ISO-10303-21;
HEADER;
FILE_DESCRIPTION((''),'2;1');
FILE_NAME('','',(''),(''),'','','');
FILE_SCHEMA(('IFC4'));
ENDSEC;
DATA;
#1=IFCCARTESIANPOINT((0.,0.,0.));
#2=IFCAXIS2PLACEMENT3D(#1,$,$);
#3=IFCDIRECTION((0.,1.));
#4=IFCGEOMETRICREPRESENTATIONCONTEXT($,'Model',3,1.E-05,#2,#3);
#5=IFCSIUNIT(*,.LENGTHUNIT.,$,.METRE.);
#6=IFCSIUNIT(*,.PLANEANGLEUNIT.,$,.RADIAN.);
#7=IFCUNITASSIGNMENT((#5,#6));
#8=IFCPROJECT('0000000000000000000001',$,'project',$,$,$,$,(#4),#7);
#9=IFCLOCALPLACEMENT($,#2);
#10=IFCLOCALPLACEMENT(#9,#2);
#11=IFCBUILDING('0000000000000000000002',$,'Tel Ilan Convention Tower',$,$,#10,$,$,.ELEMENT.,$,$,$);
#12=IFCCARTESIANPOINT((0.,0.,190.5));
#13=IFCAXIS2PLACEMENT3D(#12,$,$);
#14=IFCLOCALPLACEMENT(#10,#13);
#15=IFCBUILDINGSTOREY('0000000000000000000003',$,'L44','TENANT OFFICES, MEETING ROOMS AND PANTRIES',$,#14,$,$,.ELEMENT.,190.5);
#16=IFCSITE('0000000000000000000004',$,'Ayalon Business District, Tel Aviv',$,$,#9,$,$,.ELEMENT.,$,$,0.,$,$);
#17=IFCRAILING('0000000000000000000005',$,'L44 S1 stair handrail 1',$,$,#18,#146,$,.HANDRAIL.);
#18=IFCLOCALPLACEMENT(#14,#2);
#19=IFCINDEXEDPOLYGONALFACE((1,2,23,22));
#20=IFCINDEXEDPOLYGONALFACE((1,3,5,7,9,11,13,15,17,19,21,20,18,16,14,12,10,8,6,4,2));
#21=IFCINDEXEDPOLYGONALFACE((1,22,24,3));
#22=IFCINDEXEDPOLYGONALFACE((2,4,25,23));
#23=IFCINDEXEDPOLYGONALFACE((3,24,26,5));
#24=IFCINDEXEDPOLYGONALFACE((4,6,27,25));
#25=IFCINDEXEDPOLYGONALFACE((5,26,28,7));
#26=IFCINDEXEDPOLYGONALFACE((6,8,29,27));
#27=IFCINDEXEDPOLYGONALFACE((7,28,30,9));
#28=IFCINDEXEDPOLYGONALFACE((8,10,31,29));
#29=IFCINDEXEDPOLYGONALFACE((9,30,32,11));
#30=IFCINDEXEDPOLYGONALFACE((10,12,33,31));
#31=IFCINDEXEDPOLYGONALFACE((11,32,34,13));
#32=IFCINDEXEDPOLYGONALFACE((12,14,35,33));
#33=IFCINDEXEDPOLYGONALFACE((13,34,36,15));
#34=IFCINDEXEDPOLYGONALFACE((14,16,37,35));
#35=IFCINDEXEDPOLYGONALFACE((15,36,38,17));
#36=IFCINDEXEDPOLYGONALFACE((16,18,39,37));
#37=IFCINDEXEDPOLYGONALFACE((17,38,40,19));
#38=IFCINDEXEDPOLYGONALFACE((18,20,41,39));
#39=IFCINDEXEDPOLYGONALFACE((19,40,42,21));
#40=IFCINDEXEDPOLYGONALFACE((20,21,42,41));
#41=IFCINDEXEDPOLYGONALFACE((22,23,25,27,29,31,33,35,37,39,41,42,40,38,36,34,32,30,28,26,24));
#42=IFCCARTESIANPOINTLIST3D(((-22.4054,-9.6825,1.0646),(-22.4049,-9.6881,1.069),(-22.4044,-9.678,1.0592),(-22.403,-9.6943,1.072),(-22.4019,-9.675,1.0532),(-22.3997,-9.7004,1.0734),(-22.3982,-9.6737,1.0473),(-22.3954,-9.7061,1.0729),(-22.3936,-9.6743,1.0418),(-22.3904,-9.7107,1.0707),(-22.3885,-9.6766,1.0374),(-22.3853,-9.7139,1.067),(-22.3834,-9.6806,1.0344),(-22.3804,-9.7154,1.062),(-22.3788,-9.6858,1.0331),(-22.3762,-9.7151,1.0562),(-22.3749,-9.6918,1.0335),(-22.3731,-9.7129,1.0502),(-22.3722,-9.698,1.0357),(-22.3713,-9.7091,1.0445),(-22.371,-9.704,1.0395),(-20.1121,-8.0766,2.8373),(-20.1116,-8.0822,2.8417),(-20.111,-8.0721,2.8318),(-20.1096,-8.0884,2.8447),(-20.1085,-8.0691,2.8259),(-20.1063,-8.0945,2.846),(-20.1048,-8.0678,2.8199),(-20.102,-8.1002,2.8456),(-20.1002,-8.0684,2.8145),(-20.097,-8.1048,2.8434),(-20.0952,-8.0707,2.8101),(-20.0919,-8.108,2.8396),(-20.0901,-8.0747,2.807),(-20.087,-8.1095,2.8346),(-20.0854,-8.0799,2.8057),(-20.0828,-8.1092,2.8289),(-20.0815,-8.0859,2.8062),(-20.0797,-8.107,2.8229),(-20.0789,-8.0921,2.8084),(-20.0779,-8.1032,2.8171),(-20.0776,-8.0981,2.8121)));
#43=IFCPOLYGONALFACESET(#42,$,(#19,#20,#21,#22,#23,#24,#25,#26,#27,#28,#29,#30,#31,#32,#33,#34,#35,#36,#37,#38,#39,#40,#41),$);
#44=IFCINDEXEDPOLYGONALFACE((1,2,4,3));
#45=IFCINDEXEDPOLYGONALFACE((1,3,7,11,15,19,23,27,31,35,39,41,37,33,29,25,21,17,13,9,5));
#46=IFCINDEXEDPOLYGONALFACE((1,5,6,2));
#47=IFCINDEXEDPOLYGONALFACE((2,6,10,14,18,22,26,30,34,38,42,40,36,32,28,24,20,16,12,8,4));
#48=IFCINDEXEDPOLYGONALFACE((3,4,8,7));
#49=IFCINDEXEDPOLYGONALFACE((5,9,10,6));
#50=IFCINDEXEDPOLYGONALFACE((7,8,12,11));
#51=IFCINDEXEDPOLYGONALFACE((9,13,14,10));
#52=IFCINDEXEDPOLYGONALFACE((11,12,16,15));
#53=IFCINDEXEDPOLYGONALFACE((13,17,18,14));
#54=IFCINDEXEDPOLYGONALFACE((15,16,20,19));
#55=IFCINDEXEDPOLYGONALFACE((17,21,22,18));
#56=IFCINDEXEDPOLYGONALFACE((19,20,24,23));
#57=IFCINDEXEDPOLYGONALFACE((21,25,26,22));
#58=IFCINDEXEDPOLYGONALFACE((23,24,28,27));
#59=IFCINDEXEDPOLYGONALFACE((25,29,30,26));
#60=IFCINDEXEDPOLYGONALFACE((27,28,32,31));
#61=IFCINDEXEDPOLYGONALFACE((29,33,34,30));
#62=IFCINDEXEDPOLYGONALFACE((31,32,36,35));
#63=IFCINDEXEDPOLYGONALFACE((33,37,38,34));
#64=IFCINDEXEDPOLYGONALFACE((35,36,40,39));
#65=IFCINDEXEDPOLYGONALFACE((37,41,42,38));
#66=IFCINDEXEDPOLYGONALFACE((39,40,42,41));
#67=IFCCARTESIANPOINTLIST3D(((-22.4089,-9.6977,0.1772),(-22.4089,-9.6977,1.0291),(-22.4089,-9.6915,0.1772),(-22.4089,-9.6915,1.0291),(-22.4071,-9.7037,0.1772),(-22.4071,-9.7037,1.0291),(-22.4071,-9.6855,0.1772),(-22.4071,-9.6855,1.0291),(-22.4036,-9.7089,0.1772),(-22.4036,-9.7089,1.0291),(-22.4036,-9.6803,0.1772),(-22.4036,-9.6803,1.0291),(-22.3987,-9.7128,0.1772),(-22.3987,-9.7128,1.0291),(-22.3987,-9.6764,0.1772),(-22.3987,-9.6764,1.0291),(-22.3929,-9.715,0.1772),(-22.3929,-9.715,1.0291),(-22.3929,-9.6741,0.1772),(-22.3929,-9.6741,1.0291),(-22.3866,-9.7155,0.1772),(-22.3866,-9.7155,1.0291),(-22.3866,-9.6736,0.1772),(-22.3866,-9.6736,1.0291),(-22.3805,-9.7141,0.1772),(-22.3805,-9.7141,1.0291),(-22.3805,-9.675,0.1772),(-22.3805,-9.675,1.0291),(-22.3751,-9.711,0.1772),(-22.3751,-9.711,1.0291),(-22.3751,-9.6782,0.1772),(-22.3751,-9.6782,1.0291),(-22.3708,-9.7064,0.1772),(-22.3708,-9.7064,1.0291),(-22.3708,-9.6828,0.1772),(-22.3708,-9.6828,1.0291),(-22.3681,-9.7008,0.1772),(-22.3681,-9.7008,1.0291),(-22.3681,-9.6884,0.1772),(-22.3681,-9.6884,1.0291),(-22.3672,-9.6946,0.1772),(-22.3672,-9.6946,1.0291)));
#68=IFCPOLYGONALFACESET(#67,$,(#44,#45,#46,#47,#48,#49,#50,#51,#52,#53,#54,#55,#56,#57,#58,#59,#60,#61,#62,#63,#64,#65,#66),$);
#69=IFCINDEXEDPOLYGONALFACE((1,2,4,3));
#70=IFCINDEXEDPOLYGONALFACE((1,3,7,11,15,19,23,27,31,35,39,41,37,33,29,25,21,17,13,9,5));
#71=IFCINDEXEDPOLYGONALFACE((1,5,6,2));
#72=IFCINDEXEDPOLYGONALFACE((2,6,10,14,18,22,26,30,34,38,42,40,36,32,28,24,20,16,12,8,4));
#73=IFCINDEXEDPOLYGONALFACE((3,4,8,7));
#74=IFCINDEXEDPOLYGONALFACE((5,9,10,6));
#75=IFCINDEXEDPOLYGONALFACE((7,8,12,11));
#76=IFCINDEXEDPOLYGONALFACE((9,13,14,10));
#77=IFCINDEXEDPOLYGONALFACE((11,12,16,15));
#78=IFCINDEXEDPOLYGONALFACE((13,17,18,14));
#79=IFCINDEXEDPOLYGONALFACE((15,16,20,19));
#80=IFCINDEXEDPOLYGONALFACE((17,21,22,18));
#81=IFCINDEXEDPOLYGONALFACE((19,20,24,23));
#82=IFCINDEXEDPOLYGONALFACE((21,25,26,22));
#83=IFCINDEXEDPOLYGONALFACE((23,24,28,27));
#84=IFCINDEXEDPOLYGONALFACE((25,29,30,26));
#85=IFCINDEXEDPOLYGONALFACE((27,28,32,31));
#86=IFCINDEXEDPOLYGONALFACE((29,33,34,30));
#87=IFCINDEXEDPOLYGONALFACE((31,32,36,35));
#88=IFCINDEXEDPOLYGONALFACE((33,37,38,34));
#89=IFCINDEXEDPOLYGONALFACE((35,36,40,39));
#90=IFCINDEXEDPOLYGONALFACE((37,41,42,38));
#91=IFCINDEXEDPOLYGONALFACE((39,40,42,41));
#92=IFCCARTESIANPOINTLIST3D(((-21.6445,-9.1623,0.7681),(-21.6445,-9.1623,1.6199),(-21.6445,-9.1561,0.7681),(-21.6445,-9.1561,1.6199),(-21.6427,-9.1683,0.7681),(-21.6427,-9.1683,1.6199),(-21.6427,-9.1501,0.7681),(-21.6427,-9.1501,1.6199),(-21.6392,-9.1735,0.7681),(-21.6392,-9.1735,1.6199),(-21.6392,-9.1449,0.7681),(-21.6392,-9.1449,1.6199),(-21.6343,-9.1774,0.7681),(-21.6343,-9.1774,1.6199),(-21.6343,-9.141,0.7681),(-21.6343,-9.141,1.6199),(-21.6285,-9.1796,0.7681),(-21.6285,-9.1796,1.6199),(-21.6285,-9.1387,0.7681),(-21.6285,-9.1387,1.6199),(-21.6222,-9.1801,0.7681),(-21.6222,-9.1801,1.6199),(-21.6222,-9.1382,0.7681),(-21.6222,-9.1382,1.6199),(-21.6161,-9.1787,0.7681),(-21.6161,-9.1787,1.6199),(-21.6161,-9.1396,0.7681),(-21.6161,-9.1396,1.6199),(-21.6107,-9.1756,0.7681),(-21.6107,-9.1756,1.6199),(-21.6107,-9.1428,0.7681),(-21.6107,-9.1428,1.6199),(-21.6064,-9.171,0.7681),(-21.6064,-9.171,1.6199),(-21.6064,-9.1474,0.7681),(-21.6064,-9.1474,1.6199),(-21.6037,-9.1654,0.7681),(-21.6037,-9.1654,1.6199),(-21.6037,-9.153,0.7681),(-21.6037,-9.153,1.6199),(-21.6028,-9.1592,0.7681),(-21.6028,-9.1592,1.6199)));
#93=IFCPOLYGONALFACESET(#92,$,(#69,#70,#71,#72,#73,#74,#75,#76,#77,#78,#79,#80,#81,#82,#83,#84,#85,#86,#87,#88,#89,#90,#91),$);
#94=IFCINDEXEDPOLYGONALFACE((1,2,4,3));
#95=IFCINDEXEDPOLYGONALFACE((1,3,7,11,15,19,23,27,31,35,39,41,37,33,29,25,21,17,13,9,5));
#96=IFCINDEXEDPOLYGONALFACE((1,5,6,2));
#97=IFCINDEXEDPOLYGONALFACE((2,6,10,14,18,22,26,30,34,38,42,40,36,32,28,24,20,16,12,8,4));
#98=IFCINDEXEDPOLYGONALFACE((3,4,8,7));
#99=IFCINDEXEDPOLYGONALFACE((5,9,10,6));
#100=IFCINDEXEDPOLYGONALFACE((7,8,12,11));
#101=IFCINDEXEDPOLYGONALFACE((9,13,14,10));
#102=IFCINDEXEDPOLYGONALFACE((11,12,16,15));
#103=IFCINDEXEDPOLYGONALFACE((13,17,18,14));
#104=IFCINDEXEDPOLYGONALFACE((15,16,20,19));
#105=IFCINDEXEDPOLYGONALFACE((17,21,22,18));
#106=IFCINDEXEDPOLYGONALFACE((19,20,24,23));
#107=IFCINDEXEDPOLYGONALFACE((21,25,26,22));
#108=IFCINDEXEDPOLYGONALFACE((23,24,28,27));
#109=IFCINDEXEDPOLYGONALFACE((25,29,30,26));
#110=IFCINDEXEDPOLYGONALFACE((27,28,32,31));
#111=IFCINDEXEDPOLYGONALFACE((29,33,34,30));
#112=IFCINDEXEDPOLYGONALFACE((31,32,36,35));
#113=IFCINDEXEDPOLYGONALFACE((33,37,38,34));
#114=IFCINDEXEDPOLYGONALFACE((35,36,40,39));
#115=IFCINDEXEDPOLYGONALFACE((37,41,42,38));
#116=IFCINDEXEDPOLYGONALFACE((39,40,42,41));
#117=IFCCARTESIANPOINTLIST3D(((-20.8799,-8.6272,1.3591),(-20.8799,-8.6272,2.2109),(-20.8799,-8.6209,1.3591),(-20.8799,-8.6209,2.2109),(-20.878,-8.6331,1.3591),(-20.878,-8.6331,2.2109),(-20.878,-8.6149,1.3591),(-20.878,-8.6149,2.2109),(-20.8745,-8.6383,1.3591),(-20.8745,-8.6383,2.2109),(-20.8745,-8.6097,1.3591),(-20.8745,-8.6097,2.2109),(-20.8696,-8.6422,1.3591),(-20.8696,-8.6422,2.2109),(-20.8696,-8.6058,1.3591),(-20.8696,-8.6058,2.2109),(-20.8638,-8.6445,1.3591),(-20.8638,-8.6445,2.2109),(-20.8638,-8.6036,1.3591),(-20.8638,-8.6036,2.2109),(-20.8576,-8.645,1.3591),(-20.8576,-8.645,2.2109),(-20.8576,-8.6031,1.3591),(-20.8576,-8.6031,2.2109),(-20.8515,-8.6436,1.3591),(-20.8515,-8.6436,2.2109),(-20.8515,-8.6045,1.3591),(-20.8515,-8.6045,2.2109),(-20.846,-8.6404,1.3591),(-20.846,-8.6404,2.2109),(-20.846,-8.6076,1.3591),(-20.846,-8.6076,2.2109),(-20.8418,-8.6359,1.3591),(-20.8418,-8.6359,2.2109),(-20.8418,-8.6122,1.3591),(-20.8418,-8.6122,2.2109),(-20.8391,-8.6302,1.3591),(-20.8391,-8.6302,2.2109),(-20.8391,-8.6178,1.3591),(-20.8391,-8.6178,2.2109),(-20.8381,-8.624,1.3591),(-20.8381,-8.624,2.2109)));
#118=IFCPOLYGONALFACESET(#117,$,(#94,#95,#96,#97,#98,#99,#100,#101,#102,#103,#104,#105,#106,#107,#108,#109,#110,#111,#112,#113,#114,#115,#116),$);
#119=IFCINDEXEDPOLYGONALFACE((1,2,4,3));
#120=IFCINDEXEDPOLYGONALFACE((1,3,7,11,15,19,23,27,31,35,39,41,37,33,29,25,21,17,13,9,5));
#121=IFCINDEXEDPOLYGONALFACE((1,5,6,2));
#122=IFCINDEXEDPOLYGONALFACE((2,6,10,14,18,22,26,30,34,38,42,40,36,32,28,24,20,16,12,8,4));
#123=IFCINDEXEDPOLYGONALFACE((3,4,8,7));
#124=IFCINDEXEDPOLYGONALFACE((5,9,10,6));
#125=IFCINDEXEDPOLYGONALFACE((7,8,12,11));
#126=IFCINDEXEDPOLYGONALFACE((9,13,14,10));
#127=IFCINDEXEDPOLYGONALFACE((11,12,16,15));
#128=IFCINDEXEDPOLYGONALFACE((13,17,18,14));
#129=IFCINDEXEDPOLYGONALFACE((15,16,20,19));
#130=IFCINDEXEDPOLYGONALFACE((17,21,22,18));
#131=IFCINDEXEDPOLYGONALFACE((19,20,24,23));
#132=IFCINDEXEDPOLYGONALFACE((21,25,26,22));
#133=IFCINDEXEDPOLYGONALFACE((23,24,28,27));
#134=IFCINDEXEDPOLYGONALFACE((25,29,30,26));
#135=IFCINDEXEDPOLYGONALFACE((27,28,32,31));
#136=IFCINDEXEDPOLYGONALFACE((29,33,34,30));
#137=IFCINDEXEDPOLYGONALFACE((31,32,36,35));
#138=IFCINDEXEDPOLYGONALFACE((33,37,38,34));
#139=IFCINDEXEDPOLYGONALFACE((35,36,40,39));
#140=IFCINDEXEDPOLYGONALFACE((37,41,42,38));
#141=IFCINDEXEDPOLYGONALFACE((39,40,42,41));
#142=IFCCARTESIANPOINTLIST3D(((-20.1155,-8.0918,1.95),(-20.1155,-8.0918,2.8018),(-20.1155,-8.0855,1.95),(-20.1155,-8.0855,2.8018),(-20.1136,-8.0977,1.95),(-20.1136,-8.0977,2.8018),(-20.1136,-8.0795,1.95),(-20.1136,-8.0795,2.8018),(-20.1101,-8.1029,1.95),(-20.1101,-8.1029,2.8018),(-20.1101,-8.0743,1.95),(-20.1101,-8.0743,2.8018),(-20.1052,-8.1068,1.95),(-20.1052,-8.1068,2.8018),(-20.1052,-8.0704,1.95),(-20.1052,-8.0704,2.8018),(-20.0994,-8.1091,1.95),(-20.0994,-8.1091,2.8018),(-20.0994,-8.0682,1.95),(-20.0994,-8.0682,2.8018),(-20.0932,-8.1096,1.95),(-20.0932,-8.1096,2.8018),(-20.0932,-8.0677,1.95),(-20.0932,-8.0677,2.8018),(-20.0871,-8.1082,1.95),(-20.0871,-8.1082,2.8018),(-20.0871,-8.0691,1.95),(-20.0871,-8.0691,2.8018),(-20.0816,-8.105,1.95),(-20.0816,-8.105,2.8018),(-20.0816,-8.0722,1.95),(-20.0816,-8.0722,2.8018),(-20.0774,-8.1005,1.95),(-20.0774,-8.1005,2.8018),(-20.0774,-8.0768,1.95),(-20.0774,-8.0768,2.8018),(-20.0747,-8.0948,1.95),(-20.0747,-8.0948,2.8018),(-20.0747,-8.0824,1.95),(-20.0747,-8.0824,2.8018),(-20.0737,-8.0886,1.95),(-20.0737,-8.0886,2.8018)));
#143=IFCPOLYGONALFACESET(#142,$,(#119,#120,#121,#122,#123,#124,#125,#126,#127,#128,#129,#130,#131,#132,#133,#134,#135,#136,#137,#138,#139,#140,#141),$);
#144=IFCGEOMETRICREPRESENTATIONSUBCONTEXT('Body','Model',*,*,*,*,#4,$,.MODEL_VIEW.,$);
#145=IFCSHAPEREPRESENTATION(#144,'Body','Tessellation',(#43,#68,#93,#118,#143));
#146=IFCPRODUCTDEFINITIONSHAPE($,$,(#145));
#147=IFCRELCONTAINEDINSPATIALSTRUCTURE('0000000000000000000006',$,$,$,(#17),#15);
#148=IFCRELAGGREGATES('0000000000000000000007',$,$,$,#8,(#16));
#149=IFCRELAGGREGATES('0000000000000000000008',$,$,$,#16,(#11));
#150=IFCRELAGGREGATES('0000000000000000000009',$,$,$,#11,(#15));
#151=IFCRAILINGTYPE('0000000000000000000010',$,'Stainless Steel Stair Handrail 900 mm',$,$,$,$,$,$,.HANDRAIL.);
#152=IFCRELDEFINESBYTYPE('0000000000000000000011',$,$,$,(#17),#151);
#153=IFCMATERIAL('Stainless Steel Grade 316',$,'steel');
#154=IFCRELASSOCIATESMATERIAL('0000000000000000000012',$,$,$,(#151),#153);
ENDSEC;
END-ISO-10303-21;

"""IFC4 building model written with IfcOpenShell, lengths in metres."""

from ifc_helpers import new_model, si_unit, direction, frame, origin, origin_2d, place, context, subcontext, project, spatial, circle, extrude, material, type_object, element, save


model = new_model("IFC4")

# Units and contexts
model_context = context("Model", 3, precision=1e-05, world=origin(), true_north=direction((0.0, 1.0)))
body_context = subcontext(model_context, "Body", "Model", "MODEL_VIEW")
ifc_project = project(units=[si_unit("LENGTHUNIT", "METRE"), si_unit("PLANEANGLEUNIT", "RADIAN")], contexts=[model_context])

# Site, building, storey
site_placement = place(None, origin())
site = spatial("IfcSite", under=ifc_project, at=site_placement, Name="Ayalon Business District, Tel Aviv", CompositionType="ELEMENT", RefElevation=0.0)
building_placement = place(site_placement, origin())
building = spatial("IfcBuilding", under=site, at=building_placement, Name="Tel Ilan Convention Tower", CompositionType="ELEMENT")
storey_placement = place(building_placement, frame((0.0, 0.0, 190.5)))
storey = spatial("IfcBuildingStorey", under=building, at=storey_placement, Name="L44", Description="TENANT OFFICES, MEETING ROOMS AND PANTRIES", CompositionType="ELEMENT", Elevation=190.5)

# Railing
ifc_material_1 = material(Name="Stainless Steel Grade 316", Category="steel")
railing_type_1 = type_object("IfcRailingType", Name="Stainless Steel Stair Handrail 900 mm", PredefinedType="HANDRAIL", material=ifc_material_1)
railing_1_placement = place(storey_placement, frame((-22.3882, -9.6946, 0.1772)))
element("IfcRailing", 1, at=railing_1_placement, inside=storey, type_object=railing_type_1, Name="L44 S1 stair handrail 1", PredefinedType="HANDRAIL", context=body_context, shape_type="SweptSolid", body=[
    extrude(circle(Radius=0.0239, at=origin_2d()), frame((0.0, 0.0, 0.876), z_axis=(0.692085, 0.484621, 0.53494), x_axis=(-0.573591, 0.819142, 0.0)), (0.0, 0.0, 1.0), 3.3137),
    extrude(circle(Radius=0.021, at=origin_2d()), origin(), (0.0, 0.0, 1.0), 0.8518),
    extrude(circle(Radius=0.021, at=origin_2d()), frame((0.7644, 0.5354, 0.5908)), (0.0, 0.0, 1.0), 0.8518),
    extrude(circle(Radius=0.021, at=origin_2d()), frame((1.5291, 1.0706, 1.1819)), (0.0, 0.0, 1.0), 0.8518),
    extrude(circle(Radius=0.021, at=origin_2d()), frame((2.2935, 1.606, 1.7727)), (0.0, 0.0, 1.0), 0.8518),
])

save(model, "model.ifc")
